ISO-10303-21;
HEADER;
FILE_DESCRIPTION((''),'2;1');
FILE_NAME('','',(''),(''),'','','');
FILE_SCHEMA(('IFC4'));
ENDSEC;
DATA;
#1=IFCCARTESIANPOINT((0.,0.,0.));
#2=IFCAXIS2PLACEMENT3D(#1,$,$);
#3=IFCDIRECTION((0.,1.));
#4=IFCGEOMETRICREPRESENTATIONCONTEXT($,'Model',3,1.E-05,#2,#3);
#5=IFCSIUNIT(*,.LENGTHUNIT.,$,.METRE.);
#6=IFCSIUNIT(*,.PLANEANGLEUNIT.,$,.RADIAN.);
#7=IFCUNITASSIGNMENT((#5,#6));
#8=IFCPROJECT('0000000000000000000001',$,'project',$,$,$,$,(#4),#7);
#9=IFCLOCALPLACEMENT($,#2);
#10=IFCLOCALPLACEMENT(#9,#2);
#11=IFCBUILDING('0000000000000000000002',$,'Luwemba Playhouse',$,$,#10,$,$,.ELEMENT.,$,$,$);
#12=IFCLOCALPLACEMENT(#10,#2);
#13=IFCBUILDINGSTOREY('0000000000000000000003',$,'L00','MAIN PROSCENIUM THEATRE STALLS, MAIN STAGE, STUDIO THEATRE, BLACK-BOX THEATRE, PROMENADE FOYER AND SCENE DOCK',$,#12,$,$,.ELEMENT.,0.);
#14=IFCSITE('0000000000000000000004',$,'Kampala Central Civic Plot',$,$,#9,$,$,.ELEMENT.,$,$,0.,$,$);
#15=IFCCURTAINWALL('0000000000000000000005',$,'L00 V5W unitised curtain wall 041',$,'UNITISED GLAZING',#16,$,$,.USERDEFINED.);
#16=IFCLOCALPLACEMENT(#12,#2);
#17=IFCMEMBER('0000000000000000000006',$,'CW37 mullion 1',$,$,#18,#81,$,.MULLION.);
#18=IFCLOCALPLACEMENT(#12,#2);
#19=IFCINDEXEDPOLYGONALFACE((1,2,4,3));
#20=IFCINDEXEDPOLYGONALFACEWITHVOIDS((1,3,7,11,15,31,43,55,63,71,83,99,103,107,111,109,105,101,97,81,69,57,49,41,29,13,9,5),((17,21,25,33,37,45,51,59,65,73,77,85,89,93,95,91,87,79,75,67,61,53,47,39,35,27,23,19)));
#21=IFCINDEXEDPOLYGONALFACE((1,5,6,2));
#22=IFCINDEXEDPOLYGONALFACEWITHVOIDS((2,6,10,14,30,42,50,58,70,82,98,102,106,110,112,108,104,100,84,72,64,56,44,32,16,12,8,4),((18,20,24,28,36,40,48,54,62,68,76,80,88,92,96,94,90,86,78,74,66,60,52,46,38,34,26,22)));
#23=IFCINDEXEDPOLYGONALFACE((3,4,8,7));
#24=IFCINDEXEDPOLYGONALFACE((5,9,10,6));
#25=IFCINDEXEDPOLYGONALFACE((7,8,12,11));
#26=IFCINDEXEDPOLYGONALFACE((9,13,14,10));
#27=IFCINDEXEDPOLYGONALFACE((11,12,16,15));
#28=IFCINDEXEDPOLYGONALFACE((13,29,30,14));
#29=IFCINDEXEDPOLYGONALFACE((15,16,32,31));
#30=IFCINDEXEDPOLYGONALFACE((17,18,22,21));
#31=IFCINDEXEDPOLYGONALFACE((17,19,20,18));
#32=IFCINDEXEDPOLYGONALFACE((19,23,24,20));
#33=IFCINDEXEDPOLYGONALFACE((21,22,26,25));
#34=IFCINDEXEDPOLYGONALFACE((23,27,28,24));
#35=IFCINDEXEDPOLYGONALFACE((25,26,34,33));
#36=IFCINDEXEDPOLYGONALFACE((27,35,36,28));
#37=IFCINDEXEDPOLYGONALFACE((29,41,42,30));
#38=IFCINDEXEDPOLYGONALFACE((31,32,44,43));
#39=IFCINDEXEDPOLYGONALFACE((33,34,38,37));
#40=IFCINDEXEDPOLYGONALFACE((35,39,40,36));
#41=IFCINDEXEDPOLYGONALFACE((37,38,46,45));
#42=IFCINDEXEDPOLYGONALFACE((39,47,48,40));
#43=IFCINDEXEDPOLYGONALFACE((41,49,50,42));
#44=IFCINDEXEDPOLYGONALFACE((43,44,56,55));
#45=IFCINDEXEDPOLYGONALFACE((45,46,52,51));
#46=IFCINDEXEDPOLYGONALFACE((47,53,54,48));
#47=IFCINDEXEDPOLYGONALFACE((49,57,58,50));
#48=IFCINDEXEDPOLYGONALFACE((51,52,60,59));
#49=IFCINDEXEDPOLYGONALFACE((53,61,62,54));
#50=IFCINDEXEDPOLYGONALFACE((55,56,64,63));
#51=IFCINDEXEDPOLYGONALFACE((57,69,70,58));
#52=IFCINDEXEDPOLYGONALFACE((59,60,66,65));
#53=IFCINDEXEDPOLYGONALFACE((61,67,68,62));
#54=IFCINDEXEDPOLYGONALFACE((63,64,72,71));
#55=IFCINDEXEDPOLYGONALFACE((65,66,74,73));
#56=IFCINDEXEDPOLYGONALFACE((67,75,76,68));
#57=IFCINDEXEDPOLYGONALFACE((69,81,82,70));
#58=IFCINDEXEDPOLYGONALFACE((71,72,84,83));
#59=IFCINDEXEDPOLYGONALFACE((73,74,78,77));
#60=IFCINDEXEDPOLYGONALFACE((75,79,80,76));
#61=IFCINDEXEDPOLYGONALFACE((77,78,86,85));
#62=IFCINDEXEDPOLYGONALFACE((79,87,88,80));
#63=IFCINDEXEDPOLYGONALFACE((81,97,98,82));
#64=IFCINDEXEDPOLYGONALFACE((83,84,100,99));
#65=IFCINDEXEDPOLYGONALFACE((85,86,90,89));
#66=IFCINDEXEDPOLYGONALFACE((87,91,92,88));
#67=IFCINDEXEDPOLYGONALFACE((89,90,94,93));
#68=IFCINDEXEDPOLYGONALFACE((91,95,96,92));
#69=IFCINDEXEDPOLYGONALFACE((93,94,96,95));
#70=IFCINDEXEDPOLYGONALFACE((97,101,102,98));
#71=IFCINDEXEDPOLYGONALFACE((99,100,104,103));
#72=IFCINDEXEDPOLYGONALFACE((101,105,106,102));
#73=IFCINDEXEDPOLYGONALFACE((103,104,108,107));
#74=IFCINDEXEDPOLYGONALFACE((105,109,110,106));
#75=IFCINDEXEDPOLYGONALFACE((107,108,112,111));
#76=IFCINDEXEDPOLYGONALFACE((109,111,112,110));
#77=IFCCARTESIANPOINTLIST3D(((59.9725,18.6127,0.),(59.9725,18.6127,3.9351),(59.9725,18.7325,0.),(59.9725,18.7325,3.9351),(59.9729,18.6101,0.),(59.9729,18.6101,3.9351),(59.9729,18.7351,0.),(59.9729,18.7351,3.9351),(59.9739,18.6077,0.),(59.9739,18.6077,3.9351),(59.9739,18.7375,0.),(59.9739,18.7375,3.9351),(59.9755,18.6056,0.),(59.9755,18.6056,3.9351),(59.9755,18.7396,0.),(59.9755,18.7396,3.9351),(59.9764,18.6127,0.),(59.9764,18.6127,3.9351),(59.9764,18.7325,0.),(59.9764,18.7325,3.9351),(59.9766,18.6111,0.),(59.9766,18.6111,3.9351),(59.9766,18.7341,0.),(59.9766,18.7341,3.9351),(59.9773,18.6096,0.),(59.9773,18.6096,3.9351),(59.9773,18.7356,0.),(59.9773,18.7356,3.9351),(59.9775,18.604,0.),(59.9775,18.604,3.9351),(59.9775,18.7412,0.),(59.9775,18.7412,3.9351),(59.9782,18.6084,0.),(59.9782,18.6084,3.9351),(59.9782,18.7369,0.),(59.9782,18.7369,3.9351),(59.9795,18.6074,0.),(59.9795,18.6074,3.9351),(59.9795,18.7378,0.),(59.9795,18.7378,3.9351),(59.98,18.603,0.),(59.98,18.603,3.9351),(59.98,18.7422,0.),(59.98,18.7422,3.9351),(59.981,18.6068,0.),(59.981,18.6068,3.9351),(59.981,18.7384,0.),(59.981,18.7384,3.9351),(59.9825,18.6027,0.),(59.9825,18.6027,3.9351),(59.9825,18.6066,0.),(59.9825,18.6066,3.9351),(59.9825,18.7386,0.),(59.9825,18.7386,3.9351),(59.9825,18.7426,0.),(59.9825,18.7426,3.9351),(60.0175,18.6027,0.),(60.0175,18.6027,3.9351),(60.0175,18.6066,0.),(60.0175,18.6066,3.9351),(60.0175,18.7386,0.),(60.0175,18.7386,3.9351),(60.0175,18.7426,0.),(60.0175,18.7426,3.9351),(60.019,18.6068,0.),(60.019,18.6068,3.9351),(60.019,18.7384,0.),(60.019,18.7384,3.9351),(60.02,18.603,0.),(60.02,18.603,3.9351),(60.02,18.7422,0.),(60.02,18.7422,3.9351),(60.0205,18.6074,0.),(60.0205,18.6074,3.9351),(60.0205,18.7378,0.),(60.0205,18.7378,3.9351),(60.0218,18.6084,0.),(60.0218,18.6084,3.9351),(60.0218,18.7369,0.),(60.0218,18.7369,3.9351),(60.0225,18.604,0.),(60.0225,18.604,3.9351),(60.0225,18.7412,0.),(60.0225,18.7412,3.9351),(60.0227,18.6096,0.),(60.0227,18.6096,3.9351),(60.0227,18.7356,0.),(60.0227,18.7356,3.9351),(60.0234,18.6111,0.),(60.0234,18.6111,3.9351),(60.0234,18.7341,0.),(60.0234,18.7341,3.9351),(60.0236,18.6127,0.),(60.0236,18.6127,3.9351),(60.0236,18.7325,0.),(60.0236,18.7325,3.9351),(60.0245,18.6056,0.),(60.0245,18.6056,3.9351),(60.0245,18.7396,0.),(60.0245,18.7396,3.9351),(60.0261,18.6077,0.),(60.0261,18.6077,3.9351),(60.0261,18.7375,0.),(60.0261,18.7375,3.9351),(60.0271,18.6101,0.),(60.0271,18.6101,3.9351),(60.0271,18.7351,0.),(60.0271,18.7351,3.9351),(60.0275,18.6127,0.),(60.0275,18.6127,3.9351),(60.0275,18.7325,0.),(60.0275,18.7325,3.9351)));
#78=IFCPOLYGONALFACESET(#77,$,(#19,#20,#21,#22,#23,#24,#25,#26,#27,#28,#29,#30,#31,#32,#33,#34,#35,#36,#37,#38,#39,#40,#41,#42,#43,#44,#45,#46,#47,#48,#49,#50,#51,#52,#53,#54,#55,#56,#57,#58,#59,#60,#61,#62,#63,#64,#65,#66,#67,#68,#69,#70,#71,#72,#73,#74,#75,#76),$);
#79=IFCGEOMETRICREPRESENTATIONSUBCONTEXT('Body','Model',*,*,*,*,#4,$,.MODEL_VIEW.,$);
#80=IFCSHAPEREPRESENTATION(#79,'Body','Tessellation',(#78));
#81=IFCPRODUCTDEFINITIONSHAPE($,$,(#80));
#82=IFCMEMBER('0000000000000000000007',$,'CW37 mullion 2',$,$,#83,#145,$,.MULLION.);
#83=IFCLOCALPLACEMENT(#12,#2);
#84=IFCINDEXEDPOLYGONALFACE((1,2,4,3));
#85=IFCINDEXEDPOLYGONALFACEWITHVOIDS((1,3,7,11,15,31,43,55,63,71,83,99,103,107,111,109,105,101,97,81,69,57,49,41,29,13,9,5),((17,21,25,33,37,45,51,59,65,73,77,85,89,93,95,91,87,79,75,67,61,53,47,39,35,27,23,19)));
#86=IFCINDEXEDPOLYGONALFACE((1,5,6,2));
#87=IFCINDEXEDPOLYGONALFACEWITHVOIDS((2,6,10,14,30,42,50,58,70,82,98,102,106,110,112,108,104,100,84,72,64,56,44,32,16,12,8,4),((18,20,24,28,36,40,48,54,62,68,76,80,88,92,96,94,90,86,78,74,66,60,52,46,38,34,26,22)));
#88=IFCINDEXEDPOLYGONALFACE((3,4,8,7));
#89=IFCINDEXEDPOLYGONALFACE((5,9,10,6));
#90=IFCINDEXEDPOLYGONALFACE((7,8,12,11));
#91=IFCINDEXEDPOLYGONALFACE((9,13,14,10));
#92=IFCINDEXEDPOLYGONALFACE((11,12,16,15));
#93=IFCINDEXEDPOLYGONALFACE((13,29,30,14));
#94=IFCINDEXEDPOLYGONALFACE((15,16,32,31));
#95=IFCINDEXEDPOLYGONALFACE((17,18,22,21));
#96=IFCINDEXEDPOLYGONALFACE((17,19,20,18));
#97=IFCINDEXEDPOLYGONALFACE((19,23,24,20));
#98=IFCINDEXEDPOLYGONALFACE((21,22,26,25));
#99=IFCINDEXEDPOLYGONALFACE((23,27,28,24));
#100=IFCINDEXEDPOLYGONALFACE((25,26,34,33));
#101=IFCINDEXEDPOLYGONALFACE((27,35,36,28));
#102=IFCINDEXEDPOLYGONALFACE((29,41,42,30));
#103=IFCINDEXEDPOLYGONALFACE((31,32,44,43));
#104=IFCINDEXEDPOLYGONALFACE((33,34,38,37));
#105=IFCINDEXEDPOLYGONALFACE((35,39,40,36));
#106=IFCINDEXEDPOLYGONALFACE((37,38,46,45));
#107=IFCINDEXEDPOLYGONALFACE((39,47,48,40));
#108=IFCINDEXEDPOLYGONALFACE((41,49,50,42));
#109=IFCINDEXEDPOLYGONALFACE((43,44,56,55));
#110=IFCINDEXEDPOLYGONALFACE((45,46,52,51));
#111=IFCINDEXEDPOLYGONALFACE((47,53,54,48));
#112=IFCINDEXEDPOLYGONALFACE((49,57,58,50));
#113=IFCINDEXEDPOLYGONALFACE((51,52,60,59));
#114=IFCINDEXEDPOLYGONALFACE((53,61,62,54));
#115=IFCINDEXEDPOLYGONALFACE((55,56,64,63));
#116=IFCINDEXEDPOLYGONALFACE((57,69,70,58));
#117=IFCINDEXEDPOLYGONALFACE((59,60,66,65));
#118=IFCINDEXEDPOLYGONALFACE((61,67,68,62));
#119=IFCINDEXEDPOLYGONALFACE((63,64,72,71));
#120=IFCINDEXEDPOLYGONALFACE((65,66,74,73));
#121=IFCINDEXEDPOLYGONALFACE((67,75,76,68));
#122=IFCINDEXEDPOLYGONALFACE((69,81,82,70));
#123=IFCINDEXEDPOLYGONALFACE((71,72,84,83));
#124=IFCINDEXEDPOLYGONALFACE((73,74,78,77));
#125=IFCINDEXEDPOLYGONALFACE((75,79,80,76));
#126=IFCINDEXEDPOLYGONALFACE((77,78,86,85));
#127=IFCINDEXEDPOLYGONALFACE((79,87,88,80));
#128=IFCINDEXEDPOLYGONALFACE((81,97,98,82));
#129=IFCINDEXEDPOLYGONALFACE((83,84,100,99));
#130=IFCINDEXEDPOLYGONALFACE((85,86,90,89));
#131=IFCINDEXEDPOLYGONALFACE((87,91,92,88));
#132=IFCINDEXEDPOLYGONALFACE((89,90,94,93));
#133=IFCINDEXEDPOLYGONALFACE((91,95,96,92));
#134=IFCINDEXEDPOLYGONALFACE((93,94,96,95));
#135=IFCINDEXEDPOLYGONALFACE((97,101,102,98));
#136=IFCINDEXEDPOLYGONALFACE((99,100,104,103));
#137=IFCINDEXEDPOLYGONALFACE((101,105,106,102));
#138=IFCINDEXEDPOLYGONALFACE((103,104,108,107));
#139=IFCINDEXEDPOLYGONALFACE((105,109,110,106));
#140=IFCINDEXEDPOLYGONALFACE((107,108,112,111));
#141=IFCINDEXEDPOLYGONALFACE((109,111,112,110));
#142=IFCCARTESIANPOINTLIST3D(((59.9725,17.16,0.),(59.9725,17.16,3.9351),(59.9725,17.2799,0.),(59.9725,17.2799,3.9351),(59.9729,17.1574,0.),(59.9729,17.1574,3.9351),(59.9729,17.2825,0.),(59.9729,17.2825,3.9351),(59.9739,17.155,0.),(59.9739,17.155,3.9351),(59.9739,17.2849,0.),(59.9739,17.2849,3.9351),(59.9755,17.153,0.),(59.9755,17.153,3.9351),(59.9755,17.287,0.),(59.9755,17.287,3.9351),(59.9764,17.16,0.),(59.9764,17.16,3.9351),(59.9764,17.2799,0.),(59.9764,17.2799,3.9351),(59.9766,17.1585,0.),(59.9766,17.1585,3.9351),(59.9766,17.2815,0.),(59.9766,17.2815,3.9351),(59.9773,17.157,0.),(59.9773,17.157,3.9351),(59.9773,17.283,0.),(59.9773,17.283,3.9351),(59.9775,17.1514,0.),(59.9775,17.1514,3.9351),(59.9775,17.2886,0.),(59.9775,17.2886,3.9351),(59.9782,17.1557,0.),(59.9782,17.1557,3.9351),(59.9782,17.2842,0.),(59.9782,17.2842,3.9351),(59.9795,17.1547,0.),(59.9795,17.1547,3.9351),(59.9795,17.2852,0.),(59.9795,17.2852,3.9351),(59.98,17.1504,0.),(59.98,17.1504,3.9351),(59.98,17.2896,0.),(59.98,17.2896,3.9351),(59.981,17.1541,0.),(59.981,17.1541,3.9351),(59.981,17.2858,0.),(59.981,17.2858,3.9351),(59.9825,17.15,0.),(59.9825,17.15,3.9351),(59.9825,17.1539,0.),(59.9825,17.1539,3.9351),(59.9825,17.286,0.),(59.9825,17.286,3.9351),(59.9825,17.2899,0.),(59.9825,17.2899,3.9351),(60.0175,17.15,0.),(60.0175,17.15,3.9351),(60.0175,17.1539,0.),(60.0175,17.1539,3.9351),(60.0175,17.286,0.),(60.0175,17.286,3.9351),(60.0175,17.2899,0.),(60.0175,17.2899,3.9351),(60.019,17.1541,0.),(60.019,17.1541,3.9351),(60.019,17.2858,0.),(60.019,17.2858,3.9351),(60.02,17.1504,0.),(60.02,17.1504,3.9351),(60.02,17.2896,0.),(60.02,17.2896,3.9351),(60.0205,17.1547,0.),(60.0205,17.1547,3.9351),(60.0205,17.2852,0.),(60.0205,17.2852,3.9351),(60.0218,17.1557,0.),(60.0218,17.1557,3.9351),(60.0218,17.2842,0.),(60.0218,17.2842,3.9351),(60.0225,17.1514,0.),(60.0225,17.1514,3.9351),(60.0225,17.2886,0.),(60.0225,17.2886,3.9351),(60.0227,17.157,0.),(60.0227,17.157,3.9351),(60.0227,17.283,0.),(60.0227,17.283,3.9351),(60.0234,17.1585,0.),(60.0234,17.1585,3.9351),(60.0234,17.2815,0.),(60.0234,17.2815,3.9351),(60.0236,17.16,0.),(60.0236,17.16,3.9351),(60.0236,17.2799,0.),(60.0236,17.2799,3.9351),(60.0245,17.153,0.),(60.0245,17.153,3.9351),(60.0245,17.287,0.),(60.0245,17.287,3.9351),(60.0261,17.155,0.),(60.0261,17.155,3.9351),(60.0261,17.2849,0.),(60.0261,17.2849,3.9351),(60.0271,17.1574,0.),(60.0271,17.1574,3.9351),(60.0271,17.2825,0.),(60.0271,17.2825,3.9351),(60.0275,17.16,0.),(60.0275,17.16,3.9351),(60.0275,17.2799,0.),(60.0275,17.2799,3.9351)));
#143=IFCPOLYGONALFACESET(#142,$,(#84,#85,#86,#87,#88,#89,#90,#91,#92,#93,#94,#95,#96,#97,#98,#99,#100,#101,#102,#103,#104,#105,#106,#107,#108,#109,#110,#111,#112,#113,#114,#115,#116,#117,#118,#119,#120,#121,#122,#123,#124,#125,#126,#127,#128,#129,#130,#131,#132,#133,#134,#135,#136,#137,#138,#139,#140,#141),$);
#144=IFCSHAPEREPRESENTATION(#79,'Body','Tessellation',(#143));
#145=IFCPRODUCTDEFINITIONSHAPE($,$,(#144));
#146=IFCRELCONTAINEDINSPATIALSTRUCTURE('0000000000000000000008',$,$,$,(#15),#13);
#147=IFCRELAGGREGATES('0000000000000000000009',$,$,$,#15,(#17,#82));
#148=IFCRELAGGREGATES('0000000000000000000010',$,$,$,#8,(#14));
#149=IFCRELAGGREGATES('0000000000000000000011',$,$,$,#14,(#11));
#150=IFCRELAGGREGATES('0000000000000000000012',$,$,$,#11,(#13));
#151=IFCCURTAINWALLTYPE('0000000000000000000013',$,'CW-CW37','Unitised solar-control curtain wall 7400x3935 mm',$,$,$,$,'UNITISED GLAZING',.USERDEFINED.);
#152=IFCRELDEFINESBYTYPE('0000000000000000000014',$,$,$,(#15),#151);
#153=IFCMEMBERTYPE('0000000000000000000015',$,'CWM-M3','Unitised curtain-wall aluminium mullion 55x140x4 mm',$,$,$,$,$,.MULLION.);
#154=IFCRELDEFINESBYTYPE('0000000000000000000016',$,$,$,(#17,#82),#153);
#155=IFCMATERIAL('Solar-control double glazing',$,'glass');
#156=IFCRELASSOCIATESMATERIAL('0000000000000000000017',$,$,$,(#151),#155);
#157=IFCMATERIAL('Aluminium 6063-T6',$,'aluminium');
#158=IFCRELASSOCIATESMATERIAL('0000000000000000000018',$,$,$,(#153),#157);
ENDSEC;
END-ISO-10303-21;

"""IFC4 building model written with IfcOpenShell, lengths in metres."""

from ifc_helpers import new_model, si_unit, direction, frame, origin, origin_2d, place, context, subcontext, project, spatial, hollow_rectangle, extrude, material, material_profile, profile_set, type_object, element, aggregate, save


model = new_model("IFC4")

# Units and contexts
model_context = context("Model", 3, precision=1e-05, world=origin(), true_north=direction((0.0, 1.0)))
body_context = subcontext(model_context, "Body", "Model", "MODEL_VIEW")
ifc_project = project(units=[si_unit("LENGTHUNIT", "METRE"), si_unit("PLANEANGLEUNIT", "RADIAN")], contexts=[model_context])

# Site, building, storey
site_placement = place(None, origin())
site = spatial("IfcSite", under=ifc_project, at=site_placement, Name="Kampala Central Civic Plot", CompositionType="ELEMENT", RefElevation=0.0)
building_placement = place(site_placement, origin())
building = spatial("IfcBuilding", under=site, at=building_placement, Name="Luwemba Playhouse", CompositionType="ELEMENT")
storey_placement = place(building_placement, origin())
storey = spatial("IfcBuildingStorey", under=building, at=storey_placement, Name="L00", Description="MAIN PROSCENIUM THEATRE STALLS, MAIN STAGE, STUDIO THEATRE, BLACK-BOX THEATRE, PROMENADE FOYER AND SCENE DOCK", CompositionType="ELEMENT", Elevation=0.0)

# Curtain wall, members
ifc_material_1 = material(Name="Solar-control double glazing", Category="glass")
ifc_material_2 = material(Name="Aluminium 6063-T6", Category="aluminium")
curtain_wall_type_1 = type_object("IfcCurtainWallType", Name="CW-CW37", Description="Unitised solar-control curtain wall 7400x3935 mm", ElementType="UNITISED GLAZING", PredefinedType="USERDEFINED", material=ifc_material_1)
curtain_wall_1_placement = place(storey_placement, origin())
curtain_wall_1 = element("IfcCurtainWall", 1, at=curtain_wall_1_placement, inside=storey, type_object=curtain_wall_type_1, Name="L00 V5W unitised curtain wall 041", ObjectType="UNITISED GLAZING", PredefinedType="USERDEFINED")
ifc_material_profile_1 = material_profile(ifc_material_2, hollow_rectangle(XDim=0.0549, YDim=0.1399, WallThickness=0.0039, InnerFilletRadius=0.0061, OuterFilletRadius=0.01, at=origin_2d()))
ifc_profile_set_1 = profile_set([ifc_material_profile_1], Name="Aluminium 6063-T6")
member_type_1 = type_object("IfcMemberType", Name="CWM-M3", Description="Unitised curtain-wall aluminium mullion 55x140x4 mm", PredefinedType="MULLION", material=ifc_profile_set_1)
member_1_placement = place(storey_placement, frame((60.0, 18.6726, 0.0), z_axis=(0.0, 0.0, 1.0), x_axis=(1.0, 0.0, 0.0)))
member_1 = element("IfcMember", 2, at=member_1_placement, type_object=member_type_1, Name="CW37 mullion 1", PredefinedType="MULLION", context=body_context, shape_type="SweptSolid", body=[
    extrude(hollow_rectangle(XDim=0.0549, YDim=0.1399, WallThickness=0.0039, InnerFilletRadius=0.0061, OuterFilletRadius=0.01, at=origin_2d()), origin(), (0.0, 0.0, 1.0), 3.9351),
])
member_2_placement = place(storey_placement, frame((60.0, 17.22, 0.0), z_axis=(0.0, 0.0, 1.0), x_axis=(1.0, 0.0, 0.0)))
member_2 = element("IfcMember", 3, at=member_2_placement, type_object=member_type_1, Name="CW37 mullion 2", PredefinedType="MULLION", context=body_context, shape_type="SweptSolid", body=[
    extrude(hollow_rectangle(XDim=0.0549, YDim=0.1399, WallThickness=0.0039, InnerFilletRadius=0.0061, OuterFilletRadius=0.01, at=origin_2d()), origin(), (0.0, 0.0, 1.0), 3.9351),
])

aggregate(curtain_wall_1, [member_1, member_2])

save(model, "model.ifc")
